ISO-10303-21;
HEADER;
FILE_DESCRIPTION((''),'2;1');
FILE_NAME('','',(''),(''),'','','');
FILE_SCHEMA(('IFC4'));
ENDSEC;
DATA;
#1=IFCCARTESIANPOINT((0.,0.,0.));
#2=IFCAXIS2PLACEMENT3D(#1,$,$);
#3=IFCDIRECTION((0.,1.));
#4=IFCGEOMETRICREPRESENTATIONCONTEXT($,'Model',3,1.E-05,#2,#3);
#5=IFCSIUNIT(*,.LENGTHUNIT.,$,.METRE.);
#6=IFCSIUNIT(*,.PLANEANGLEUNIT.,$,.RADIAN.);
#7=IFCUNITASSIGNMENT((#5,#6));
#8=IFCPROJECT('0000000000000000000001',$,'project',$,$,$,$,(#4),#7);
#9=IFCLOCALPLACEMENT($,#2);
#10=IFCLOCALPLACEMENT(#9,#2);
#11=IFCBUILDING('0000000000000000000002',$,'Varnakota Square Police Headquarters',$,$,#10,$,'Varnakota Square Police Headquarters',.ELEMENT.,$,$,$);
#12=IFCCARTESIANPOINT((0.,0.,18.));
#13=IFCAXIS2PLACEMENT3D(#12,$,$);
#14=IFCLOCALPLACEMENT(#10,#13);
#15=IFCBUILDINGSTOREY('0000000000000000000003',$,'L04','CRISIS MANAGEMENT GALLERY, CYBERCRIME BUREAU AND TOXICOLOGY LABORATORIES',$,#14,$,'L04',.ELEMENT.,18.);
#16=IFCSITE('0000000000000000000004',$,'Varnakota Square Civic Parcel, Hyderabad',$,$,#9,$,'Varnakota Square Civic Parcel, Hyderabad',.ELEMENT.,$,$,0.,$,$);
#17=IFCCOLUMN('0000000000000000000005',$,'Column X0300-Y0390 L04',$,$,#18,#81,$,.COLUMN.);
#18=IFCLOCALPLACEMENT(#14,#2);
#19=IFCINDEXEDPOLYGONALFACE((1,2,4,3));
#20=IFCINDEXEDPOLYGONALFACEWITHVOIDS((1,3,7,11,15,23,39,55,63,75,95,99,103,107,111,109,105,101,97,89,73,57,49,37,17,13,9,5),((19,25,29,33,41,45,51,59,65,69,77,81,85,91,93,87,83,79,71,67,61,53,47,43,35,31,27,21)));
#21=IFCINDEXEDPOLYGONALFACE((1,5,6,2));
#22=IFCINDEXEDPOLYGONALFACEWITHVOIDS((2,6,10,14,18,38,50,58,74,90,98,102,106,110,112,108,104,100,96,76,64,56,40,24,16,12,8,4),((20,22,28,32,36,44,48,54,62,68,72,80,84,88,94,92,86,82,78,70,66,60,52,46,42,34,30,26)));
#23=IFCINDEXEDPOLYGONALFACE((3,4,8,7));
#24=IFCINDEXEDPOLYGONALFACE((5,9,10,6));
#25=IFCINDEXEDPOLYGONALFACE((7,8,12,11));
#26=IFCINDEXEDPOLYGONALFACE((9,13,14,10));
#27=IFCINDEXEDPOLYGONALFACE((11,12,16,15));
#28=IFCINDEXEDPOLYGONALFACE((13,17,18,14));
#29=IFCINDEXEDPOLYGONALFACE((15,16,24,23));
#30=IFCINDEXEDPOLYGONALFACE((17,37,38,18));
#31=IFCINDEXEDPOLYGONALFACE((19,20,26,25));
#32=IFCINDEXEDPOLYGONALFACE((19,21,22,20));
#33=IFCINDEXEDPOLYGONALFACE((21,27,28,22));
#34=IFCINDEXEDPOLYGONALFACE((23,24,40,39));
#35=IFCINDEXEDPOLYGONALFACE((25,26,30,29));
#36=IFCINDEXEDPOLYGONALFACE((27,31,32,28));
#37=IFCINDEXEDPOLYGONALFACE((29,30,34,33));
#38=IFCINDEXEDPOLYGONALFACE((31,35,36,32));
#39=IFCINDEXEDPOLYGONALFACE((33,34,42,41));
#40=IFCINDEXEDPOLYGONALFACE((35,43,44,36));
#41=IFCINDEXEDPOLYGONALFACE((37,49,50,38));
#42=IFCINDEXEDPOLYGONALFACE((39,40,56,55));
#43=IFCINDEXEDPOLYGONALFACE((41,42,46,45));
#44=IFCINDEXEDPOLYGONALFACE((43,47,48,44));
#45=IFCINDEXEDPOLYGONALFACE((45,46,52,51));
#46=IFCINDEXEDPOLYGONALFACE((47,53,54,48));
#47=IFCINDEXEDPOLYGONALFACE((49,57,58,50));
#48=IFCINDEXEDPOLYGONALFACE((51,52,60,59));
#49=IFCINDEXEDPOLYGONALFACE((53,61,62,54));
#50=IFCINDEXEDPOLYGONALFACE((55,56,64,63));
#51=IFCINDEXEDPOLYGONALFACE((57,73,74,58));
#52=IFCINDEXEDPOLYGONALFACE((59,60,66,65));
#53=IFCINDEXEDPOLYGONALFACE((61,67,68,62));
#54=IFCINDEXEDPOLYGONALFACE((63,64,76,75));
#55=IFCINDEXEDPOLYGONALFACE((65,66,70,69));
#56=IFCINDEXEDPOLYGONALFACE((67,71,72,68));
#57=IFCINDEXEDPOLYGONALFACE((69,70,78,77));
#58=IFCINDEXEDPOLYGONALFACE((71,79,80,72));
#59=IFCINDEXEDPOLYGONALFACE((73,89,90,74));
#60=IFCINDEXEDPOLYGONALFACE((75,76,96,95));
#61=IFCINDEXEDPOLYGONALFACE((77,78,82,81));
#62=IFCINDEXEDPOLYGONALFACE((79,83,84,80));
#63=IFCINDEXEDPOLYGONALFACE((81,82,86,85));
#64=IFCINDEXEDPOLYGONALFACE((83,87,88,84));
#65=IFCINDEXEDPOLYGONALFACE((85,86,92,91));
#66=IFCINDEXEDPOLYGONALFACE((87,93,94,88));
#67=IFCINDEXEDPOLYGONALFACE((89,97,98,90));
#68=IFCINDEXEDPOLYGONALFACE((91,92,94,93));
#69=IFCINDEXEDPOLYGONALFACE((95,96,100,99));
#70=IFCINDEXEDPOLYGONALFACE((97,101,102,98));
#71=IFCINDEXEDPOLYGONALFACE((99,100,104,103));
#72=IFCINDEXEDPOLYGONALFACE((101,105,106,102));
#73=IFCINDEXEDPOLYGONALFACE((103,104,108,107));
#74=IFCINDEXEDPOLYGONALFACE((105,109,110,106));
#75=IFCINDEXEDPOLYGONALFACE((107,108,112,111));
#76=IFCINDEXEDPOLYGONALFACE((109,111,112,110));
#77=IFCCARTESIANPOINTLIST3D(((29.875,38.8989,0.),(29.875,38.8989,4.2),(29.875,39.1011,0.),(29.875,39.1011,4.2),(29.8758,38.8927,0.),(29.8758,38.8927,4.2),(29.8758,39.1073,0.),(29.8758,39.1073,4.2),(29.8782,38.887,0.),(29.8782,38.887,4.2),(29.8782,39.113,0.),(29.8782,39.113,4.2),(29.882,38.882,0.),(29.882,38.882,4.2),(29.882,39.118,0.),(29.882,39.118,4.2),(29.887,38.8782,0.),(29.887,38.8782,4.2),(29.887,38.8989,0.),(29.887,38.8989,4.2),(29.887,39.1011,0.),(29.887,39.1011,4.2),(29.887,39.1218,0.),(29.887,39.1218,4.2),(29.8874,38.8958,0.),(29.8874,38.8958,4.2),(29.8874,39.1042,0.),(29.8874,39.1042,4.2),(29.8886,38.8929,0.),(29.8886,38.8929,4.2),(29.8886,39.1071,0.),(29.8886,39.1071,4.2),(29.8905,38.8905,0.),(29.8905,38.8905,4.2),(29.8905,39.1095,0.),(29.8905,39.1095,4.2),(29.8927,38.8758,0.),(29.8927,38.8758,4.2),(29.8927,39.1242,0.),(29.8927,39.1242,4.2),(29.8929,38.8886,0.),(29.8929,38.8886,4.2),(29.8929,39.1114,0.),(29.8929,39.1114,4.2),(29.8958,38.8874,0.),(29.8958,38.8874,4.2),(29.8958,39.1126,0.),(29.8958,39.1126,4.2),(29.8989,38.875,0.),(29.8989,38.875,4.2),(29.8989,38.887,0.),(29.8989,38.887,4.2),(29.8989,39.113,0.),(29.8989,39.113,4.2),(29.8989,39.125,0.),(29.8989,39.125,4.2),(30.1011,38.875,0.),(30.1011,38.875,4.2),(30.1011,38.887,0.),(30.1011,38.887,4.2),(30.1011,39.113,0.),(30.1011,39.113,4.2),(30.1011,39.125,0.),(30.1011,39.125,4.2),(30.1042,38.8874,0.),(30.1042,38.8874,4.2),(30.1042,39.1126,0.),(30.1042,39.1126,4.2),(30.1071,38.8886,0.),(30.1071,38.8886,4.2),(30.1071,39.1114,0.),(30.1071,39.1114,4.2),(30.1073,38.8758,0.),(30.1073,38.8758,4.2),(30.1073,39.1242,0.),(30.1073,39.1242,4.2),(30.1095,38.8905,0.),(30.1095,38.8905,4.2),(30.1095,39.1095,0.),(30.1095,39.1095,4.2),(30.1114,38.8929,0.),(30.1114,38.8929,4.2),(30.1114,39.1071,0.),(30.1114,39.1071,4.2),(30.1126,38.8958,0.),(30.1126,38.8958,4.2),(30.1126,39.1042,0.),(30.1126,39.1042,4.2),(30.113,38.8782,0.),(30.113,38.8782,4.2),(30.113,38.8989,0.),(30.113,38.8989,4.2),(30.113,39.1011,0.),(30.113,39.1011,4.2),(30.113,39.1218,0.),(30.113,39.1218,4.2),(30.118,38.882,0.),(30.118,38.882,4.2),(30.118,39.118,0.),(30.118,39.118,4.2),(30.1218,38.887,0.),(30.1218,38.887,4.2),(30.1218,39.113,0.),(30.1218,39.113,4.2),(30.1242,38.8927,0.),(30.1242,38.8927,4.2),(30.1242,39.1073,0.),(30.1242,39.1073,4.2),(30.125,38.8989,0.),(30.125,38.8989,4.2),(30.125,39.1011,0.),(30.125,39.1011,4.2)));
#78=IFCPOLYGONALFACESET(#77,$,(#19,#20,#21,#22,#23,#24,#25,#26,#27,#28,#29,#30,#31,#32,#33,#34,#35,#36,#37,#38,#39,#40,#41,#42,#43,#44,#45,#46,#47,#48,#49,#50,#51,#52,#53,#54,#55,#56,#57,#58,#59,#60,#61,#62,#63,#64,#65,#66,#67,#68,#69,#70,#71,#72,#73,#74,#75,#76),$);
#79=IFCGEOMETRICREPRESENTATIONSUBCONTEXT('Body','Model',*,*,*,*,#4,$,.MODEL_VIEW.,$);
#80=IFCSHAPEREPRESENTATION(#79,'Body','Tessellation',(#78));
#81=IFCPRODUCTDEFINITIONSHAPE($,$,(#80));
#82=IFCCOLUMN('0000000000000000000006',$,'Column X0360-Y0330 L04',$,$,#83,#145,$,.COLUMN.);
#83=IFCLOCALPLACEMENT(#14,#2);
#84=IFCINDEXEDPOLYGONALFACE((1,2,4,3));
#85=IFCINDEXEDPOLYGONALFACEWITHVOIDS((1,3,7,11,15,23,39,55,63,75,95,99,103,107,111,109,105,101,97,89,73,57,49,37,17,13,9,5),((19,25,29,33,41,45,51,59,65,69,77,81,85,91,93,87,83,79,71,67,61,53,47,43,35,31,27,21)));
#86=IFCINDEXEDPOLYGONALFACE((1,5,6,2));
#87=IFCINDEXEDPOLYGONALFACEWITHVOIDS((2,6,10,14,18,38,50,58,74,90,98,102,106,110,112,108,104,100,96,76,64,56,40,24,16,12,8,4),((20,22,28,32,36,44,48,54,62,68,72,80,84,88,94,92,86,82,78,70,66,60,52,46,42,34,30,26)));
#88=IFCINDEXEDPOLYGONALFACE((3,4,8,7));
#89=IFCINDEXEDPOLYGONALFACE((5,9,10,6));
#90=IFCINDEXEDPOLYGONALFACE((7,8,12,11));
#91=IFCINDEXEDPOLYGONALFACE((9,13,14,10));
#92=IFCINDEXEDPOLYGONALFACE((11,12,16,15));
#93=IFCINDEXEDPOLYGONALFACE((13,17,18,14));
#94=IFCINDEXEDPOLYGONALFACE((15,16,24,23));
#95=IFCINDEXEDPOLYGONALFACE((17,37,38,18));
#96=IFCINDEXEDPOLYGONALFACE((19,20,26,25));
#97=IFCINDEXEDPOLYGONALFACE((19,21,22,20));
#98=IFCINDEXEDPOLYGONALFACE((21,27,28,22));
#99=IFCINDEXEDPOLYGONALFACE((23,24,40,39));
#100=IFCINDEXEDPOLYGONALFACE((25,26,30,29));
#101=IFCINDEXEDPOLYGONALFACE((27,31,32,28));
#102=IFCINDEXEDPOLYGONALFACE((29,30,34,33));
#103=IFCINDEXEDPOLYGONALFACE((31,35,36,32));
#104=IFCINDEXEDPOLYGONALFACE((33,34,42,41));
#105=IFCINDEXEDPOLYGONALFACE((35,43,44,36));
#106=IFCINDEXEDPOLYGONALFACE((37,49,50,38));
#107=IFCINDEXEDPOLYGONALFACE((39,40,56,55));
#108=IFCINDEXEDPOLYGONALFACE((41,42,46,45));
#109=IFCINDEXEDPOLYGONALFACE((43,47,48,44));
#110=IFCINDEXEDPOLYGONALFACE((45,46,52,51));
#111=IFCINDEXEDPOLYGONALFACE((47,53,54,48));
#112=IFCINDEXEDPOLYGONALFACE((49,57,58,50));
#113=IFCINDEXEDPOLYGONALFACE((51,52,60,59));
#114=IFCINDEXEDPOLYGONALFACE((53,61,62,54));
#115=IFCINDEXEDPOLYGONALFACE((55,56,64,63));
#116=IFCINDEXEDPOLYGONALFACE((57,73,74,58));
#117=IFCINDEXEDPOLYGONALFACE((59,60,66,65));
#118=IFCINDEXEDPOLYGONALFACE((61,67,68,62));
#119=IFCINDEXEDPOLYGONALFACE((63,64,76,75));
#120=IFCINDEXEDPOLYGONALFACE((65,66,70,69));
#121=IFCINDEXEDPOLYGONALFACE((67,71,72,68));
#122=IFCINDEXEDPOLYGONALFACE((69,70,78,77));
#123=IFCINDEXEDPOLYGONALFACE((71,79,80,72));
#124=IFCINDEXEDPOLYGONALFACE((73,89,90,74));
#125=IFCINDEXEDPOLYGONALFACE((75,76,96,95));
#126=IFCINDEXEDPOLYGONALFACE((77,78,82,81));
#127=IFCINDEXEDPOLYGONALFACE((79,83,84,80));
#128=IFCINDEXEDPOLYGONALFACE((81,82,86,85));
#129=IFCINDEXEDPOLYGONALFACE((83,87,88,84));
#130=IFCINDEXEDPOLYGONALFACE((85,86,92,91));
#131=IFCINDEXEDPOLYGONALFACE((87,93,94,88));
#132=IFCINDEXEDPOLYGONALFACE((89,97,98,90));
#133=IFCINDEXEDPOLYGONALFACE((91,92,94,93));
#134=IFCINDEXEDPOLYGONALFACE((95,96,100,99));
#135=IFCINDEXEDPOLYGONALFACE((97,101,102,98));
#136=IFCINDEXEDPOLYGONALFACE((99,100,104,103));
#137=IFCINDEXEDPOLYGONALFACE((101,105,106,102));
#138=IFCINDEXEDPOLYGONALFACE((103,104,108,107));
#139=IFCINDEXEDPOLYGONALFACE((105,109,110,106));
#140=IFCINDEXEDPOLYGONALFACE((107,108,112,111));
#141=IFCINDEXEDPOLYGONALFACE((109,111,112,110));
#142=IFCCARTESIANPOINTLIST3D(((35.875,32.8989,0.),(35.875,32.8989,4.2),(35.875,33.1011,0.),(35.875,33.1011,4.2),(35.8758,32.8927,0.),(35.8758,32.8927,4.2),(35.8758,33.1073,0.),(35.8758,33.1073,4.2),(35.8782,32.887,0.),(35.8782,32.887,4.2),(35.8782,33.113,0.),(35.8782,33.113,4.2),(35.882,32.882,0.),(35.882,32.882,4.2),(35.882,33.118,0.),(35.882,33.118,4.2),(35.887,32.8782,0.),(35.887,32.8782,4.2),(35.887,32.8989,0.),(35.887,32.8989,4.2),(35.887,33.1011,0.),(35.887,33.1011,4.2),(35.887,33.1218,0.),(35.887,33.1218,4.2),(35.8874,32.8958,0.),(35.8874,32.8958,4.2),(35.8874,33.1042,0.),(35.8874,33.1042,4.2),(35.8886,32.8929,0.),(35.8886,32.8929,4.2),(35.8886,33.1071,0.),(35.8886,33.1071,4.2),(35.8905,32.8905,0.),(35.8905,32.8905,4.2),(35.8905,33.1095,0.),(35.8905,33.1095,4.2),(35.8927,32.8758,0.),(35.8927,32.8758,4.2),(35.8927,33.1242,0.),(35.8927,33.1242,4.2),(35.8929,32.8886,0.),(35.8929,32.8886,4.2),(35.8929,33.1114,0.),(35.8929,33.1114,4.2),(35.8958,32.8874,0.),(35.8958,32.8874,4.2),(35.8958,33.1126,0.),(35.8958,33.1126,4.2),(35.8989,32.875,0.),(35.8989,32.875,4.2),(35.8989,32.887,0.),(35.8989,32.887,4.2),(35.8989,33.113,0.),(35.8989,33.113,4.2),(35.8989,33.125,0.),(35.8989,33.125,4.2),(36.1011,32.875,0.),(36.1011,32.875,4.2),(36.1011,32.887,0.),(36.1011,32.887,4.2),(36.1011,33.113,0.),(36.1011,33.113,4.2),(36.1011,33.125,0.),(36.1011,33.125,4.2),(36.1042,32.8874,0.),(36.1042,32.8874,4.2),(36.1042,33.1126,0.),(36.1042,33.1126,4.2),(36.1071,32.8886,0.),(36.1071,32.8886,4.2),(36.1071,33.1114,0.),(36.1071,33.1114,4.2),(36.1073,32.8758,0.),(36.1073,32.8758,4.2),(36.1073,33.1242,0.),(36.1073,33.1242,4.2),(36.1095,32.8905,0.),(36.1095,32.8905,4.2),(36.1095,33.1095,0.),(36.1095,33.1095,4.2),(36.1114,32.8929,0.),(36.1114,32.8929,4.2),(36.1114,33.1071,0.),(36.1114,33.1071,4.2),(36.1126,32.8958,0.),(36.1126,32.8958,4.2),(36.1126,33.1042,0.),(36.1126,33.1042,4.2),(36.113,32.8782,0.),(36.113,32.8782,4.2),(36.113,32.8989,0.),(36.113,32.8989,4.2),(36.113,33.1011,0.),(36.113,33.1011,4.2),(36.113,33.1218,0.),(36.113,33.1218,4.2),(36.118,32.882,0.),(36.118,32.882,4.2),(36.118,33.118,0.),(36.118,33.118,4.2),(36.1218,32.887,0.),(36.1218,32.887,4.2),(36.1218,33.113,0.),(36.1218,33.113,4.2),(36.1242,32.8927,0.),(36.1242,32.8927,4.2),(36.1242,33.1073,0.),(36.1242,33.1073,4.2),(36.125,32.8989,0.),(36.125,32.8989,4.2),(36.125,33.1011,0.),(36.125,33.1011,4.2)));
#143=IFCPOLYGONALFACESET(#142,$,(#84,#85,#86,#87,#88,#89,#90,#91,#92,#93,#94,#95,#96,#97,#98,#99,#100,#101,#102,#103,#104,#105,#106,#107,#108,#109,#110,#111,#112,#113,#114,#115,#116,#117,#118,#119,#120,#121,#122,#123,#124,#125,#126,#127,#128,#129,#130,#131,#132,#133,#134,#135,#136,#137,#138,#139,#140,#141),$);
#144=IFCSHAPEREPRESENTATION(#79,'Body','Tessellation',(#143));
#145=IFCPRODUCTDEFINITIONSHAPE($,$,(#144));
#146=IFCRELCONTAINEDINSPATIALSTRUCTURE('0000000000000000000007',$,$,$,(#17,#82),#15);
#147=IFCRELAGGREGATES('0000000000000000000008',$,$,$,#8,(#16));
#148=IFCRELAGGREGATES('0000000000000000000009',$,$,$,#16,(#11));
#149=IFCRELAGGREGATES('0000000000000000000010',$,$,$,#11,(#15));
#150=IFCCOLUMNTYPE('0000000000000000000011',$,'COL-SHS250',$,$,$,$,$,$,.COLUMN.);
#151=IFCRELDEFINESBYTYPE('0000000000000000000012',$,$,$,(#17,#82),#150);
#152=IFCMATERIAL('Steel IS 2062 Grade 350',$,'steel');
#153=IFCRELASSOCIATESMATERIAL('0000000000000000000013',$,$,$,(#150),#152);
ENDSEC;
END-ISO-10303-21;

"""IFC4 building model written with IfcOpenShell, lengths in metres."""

from ifc_helpers import new_model, si_unit, direction, frame, origin, origin_2d, place, context, subcontext, project, spatial, hollow_rectangle, extrude, material, material_profile, profile_set, type_object, element, save


model = new_model("IFC4")

# Units and contexts
model_context = context("Model", 3, precision=1e-05, world=origin(), true_north=direction((0.0, 1.0)))
body_context = subcontext(model_context, "Body", "Model", "MODEL_VIEW")
ifc_project = project(units=[si_unit("LENGTHUNIT", "METRE"), si_unit("PLANEANGLEUNIT", "RADIAN")], contexts=[model_context])

# Site, building, storey
site_placement = place(None, origin())
site = spatial("IfcSite", under=ifc_project, at=site_placement, Name="Varnakota Square Civic Parcel, Hyderabad", LongName="Varnakota Square Civic Parcel, Hyderabad", CompositionType="ELEMENT", RefElevation=0.0)
building_placement = place(site_placement, origin())
building = spatial("IfcBuilding", under=site, at=building_placement, Name="Varnakota Square Police Headquarters", LongName="Varnakota Square Police Headquarters", CompositionType="ELEMENT")
storey_placement = place(building_placement, frame((0.0, 0.0, 18.0)))
storey = spatial("IfcBuildingStorey", under=building, at=storey_placement, Name="L04", Description="CRISIS MANAGEMENT GALLERY, CYBERCRIME BUREAU AND TOXICOLOGY LABORATORIES", LongName="L04", CompositionType="ELEMENT", Elevation=18.0)

# Columns
ifc_material_1 = material(Name="Steel IS 2062 Grade 350", Category="steel")
ifc_material_profile_1 = material_profile(ifc_material_1, hollow_rectangle(XDim=0.25, YDim=0.25, WallThickness=0.012, InnerFilletRadius=0.012, OuterFilletRadius=0.0239, at=origin_2d()), Name="SHS 250x250x12")
ifc_profile_set_1 = profile_set([ifc_material_profile_1], Name="Steel IS 2062 Grade 350")
column_type_1 = type_object("IfcColumnType", Name="COL-SHS250", PredefinedType="COLUMN", material=ifc_profile_set_1)
for number, where, z_axis, x_axis, name in (
    (1, (30.0, 39.0, 0.0), (0.0, 0.0, 1.0), (1.0, 0.0, 0.0), "Column X0300-Y0390 L04"),
    (2, (36.0, 33.0, 0.0), (0.0, 0.0, 1.0), (1.0, 0.0, 0.0), "Column X0360-Y0330 L04"),
):
    element("IfcColumn", number, at=place(storey_placement, frame(where, z_axis=z_axis, x_axis=x_axis)), inside=storey, type_object=column_type_1, Name=name, PredefinedType="COLUMN", context=body_context, shape_type="SweptSolid", body=[
        extrude(hollow_rectangle(XDim=0.25, YDim=0.25, WallThickness=0.012, InnerFilletRadius=0.012, OuterFilletRadius=0.0239, at=origin_2d()), origin(), (0.0, 0.0, 1.0), 4.2),
    ])

save(model, "model.ifc")
